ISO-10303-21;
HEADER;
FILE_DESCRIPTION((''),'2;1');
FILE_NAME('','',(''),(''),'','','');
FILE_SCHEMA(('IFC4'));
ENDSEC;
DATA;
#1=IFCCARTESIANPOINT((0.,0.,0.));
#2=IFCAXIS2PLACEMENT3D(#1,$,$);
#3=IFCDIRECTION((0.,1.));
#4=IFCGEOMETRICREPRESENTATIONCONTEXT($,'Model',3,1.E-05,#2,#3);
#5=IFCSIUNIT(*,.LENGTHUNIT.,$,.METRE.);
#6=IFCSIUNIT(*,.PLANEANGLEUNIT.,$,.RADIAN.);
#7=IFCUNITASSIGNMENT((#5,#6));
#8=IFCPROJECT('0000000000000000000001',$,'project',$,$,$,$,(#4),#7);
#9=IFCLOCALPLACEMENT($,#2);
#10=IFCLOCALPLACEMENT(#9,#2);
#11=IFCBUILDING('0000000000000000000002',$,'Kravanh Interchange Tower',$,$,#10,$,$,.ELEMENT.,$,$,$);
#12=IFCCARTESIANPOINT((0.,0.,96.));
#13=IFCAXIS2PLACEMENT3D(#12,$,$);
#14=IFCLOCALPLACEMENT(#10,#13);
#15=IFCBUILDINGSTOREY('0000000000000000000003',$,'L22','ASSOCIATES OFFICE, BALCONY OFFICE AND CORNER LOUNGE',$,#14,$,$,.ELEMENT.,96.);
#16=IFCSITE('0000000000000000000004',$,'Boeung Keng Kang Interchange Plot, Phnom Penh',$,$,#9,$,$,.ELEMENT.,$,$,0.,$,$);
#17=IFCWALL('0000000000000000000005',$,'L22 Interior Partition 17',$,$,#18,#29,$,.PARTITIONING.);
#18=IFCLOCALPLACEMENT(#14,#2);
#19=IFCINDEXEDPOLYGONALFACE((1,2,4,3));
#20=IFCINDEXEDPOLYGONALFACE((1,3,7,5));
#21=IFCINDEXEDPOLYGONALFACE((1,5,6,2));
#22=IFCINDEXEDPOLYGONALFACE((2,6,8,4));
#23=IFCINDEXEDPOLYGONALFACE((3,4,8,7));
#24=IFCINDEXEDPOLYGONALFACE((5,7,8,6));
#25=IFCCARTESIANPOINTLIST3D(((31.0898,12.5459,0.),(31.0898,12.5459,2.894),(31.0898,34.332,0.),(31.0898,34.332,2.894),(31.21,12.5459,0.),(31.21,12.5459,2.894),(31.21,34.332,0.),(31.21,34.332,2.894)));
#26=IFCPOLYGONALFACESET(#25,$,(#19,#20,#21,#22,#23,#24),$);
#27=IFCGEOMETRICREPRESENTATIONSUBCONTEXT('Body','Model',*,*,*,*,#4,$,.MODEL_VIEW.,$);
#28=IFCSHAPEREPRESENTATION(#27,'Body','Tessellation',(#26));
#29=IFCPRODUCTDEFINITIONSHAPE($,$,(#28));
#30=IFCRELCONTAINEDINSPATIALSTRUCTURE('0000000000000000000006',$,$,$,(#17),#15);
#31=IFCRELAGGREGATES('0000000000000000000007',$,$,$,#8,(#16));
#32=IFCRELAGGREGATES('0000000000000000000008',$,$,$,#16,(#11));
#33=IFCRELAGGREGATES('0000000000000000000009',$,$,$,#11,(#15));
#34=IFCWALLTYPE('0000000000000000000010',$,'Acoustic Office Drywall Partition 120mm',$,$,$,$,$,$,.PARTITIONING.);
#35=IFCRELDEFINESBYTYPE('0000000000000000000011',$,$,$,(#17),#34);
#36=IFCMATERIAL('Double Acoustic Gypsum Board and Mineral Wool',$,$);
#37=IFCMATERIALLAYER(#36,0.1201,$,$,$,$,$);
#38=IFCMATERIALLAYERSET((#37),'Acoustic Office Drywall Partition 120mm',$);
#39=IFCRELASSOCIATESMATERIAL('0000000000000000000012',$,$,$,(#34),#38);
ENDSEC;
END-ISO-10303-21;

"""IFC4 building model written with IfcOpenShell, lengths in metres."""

from ifc_helpers import new_model, si_unit, direction, frame, frame_2d, origin, place, context, subcontext, project, spatial, rectangle, extrude, material, layer, layer_set, type_object, element, save


model = new_model("IFC4")

# Units and contexts
model_context = context("Model", 3, precision=1e-05, world=origin(), true_north=direction((0.0, 1.0)))
body_context = subcontext(model_context, "Body", "Model", "MODEL_VIEW")
ifc_project = project(units=[si_unit("LENGTHUNIT", "METRE"), si_unit("PLANEANGLEUNIT", "RADIAN")], contexts=[model_context])

# Site, building, storey
site_placement = place(None, origin())
site = spatial("IfcSite", under=ifc_project, at=site_placement, Name="Boeung Keng Kang Interchange Plot, Phnom Penh", CompositionType="ELEMENT", RefElevation=0.0)
building_placement = place(site_placement, origin())
building = spatial("IfcBuilding", under=site, at=building_placement, Name="Kravanh Interchange Tower", CompositionType="ELEMENT")
storey_placement = place(building_placement, frame((0.0, 0.0, 96.0)))
storey = spatial("IfcBuildingStorey", under=building, at=storey_placement, Name="L22", Description="ASSOCIATES OFFICE, BALCONY OFFICE AND CORNER LOUNGE", CompositionType="ELEMENT", Elevation=96.0)

# Wall
ifc_material_1 = material(Name="Double Acoustic Gypsum Board and Mineral Wool")
ifc_layer_1 = layer(ifc_material_1, 0.1201)
ifc_layer_set_1 = layer_set([ifc_layer_1], Name="Acoustic Office Drywall Partition 120mm")
wall_type = type_object("IfcWallType", Name="Acoustic Office Drywall Partition 120mm", PredefinedType="PARTITIONING", material=ifc_layer_set_1)
wall_placement = place(storey_placement, frame((31.1499, 12.5459, 0.0), z_axis=(0.0, 0.0, 1.0), x_axis=(0.0, 1.0, 0.0)))
element("IfcWall", 1, at=wall_placement, inside=storey, type_object=wall_type, Name="L22 Interior Partition 17", PredefinedType="PARTITIONING", context=body_context, shape_type="SweptSolid", body=[
    extrude(rectangle(XDim=21.7861, YDim=0.1201, at=frame_2d((10.8931, 0.0))), origin(), (0.0, 0.0, 1.0), 2.894),
])

save(model, "model.ifc")
